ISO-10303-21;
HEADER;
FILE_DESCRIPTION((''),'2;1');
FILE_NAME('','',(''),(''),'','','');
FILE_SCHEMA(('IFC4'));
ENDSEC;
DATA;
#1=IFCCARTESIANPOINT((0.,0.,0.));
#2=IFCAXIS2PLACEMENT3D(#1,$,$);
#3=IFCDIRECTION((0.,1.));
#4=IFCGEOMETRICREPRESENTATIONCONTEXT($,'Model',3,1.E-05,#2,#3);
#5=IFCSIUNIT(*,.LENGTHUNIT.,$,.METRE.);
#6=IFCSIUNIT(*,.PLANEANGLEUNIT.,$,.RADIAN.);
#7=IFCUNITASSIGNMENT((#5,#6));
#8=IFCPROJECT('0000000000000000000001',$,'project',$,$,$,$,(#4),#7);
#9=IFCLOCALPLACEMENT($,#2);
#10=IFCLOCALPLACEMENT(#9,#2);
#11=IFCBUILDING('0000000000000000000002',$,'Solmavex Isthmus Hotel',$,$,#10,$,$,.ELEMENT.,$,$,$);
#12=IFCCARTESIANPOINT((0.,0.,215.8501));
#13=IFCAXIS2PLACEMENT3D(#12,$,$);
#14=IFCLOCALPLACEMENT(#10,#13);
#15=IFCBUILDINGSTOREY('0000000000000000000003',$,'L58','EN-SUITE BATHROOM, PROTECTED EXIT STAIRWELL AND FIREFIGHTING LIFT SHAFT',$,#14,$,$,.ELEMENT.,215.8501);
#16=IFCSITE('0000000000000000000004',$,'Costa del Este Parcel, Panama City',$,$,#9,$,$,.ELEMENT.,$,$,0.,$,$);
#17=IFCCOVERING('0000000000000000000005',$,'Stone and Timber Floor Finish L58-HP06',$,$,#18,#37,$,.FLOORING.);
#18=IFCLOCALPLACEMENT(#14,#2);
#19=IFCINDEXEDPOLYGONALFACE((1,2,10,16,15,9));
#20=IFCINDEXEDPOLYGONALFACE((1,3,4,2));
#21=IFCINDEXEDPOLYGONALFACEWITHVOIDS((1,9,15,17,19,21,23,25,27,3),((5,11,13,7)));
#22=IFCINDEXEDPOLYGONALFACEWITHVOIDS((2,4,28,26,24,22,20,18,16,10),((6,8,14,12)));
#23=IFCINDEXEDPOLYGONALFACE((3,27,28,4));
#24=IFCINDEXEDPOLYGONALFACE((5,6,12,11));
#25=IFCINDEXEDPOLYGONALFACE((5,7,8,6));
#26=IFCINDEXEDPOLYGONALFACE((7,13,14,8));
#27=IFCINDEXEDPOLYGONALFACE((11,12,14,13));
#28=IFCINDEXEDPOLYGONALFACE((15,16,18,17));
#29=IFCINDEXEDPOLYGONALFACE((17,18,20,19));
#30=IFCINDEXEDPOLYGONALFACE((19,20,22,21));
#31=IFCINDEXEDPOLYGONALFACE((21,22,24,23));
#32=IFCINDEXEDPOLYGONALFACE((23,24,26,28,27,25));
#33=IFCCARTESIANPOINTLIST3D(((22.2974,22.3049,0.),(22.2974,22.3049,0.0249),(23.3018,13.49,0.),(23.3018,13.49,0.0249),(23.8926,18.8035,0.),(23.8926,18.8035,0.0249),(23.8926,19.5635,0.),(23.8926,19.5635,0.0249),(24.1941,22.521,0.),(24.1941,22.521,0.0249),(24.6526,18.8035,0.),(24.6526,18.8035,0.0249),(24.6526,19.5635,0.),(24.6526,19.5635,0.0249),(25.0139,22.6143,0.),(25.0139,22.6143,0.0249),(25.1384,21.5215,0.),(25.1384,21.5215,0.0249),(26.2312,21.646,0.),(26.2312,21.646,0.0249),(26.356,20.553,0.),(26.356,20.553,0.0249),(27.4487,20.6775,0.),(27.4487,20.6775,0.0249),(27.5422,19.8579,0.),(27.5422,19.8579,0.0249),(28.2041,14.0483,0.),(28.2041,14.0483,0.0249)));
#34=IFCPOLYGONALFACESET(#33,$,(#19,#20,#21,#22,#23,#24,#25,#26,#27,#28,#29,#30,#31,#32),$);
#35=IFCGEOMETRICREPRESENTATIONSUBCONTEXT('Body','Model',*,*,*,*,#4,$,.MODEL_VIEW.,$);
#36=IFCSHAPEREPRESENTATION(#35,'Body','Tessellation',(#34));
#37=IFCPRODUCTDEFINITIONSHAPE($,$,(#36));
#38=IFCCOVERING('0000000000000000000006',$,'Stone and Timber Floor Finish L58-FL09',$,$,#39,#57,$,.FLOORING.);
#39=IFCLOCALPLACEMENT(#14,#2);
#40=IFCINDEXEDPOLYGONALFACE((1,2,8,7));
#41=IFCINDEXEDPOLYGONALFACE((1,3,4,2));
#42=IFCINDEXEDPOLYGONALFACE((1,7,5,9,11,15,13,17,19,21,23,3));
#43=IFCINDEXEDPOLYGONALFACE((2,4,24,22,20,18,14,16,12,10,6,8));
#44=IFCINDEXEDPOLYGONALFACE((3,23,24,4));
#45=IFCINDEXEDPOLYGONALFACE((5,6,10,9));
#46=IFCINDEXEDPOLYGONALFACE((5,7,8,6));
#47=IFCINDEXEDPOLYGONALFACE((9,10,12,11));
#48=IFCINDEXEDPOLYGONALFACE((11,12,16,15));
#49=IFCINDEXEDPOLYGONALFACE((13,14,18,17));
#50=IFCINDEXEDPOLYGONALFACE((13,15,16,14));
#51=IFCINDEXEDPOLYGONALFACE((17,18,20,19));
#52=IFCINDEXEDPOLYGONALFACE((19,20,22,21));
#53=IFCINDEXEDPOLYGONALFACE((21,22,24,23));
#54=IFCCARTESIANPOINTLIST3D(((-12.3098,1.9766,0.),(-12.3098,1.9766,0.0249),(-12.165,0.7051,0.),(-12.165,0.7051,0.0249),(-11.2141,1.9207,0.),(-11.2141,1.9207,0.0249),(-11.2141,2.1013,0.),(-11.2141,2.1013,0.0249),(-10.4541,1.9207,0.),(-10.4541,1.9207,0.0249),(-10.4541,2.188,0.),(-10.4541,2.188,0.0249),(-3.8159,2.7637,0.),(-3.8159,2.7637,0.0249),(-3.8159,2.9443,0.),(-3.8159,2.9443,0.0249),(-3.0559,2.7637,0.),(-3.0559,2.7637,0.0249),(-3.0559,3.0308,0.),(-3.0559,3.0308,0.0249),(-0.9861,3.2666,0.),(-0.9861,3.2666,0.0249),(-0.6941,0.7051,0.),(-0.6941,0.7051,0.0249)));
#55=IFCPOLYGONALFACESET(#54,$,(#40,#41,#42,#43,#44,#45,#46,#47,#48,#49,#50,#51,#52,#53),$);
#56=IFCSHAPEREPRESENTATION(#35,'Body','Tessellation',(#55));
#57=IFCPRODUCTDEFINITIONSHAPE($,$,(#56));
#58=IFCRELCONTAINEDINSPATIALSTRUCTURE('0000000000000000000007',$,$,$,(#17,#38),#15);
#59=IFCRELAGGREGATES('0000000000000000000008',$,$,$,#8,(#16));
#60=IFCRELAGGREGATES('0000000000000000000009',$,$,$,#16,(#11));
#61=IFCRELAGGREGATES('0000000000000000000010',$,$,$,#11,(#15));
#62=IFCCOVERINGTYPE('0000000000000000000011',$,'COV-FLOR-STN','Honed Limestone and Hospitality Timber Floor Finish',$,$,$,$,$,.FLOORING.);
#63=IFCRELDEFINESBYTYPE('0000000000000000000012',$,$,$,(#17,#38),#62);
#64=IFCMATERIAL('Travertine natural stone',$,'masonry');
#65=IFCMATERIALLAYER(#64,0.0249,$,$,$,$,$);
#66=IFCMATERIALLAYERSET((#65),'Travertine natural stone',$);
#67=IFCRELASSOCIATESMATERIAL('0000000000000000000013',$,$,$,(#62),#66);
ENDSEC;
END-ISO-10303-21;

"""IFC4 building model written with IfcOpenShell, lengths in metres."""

from ifc_helpers import new_model, si_unit, direction, frame, origin, place, context, subcontext, project, spatial, polyline, outline, extrude, material, layer, layer_set, type_object, element, save


model = new_model("IFC4")

# Units and contexts
model_context = context("Model", 3, precision=1e-05, world=origin(), true_north=direction((0.0, 1.0)))
body_context = subcontext(model_context, "Body", "Model", "MODEL_VIEW")
ifc_project = project(units=[si_unit("LENGTHUNIT", "METRE"), si_unit("PLANEANGLEUNIT", "RADIAN")], contexts=[model_context])

# Site, building, storey
site_placement = place(None, origin())
site = spatial("IfcSite", under=ifc_project, at=site_placement, Name="Costa del Este Parcel, Panama City", CompositionType="ELEMENT", RefElevation=0.0)
building_placement = place(site_placement, origin())
building = spatial("IfcBuilding", under=site, at=building_placement, Name="Solmavex Isthmus Hotel", CompositionType="ELEMENT")
storey_placement = place(building_placement, frame((0.0, 0.0, 215.8501)))
storey = spatial("IfcBuildingStorey", under=building, at=storey_placement, Name="L58", Description="EN-SUITE BATHROOM, PROTECTED EXIT STAIRWELL AND FIREFIGHTING LIFT SHAFT", CompositionType="ELEMENT", Elevation=215.8501)

# Coverings
ifc_material_1 = material(Name="Travertine natural stone", Category="masonry")
ifc_layer_1 = layer(ifc_material_1, 0.0249)
ifc_layer_set_1 = layer_set([ifc_layer_1], Name="Travertine natural stone")
covering_type_1 = type_object("IfcCoveringType", Name="COV-FLOR-STN", Description="Honed Limestone and Hospitality Timber Floor Finish", PredefinedType="FLOORING", material=ifc_layer_set_1)
covering_1_placement = place(storey_placement, origin())
element("IfcCovering", 1, at=covering_1_placement, inside=storey, type_object=covering_type_1, Name="Stone and Timber Floor Finish L58-HP06", PredefinedType="FLOORING", context=body_context, shape_type="SweptSolid", body=[
    extrude(outline(polyline([(25.0139, 22.6143), (24.1941, 22.521), (22.2974, 22.3049), (23.3018, 13.49), (28.2041, 14.0483), (27.5422, 19.8579), (27.4487, 20.6775), (26.356, 20.553), (26.2312, 21.646), (25.1384, 21.5215), (25.0139, 22.6143)]), holes=[polyline([(23.8926, 19.5635), (24.6526, 19.5635), (24.6526, 18.8035), (23.8926, 18.8035), (23.8926, 19.5635)])]), origin(), (0.0, 0.0, 1.0), 0.0249),
])
covering_2_placement = place(storey_placement, origin())
element("IfcCovering", 2, at=covering_2_placement, inside=storey, type_object=covering_type_1, Name="Stone and Timber Floor Finish L58-FL09", PredefinedType="FLOORING", context=body_context, shape_type="SweptSolid", body=[
    extrude(outline(polyline([(-10.4541, 2.188), (-10.4541, 1.9207), (-11.2141, 1.9207), (-11.2141, 2.1013), (-12.3098, 1.9766), (-12.165, 0.7051), (-0.6941, 0.7051), (-0.9861, 3.2666), (-3.0559, 3.0308), (-3.0559, 2.7637), (-3.8159, 2.7637), (-3.8159, 2.9443), (-10.4541, 2.188)])), origin(), (0.0, 0.0, 1.0), 0.0249),
])

save(model, "model.ifc")
